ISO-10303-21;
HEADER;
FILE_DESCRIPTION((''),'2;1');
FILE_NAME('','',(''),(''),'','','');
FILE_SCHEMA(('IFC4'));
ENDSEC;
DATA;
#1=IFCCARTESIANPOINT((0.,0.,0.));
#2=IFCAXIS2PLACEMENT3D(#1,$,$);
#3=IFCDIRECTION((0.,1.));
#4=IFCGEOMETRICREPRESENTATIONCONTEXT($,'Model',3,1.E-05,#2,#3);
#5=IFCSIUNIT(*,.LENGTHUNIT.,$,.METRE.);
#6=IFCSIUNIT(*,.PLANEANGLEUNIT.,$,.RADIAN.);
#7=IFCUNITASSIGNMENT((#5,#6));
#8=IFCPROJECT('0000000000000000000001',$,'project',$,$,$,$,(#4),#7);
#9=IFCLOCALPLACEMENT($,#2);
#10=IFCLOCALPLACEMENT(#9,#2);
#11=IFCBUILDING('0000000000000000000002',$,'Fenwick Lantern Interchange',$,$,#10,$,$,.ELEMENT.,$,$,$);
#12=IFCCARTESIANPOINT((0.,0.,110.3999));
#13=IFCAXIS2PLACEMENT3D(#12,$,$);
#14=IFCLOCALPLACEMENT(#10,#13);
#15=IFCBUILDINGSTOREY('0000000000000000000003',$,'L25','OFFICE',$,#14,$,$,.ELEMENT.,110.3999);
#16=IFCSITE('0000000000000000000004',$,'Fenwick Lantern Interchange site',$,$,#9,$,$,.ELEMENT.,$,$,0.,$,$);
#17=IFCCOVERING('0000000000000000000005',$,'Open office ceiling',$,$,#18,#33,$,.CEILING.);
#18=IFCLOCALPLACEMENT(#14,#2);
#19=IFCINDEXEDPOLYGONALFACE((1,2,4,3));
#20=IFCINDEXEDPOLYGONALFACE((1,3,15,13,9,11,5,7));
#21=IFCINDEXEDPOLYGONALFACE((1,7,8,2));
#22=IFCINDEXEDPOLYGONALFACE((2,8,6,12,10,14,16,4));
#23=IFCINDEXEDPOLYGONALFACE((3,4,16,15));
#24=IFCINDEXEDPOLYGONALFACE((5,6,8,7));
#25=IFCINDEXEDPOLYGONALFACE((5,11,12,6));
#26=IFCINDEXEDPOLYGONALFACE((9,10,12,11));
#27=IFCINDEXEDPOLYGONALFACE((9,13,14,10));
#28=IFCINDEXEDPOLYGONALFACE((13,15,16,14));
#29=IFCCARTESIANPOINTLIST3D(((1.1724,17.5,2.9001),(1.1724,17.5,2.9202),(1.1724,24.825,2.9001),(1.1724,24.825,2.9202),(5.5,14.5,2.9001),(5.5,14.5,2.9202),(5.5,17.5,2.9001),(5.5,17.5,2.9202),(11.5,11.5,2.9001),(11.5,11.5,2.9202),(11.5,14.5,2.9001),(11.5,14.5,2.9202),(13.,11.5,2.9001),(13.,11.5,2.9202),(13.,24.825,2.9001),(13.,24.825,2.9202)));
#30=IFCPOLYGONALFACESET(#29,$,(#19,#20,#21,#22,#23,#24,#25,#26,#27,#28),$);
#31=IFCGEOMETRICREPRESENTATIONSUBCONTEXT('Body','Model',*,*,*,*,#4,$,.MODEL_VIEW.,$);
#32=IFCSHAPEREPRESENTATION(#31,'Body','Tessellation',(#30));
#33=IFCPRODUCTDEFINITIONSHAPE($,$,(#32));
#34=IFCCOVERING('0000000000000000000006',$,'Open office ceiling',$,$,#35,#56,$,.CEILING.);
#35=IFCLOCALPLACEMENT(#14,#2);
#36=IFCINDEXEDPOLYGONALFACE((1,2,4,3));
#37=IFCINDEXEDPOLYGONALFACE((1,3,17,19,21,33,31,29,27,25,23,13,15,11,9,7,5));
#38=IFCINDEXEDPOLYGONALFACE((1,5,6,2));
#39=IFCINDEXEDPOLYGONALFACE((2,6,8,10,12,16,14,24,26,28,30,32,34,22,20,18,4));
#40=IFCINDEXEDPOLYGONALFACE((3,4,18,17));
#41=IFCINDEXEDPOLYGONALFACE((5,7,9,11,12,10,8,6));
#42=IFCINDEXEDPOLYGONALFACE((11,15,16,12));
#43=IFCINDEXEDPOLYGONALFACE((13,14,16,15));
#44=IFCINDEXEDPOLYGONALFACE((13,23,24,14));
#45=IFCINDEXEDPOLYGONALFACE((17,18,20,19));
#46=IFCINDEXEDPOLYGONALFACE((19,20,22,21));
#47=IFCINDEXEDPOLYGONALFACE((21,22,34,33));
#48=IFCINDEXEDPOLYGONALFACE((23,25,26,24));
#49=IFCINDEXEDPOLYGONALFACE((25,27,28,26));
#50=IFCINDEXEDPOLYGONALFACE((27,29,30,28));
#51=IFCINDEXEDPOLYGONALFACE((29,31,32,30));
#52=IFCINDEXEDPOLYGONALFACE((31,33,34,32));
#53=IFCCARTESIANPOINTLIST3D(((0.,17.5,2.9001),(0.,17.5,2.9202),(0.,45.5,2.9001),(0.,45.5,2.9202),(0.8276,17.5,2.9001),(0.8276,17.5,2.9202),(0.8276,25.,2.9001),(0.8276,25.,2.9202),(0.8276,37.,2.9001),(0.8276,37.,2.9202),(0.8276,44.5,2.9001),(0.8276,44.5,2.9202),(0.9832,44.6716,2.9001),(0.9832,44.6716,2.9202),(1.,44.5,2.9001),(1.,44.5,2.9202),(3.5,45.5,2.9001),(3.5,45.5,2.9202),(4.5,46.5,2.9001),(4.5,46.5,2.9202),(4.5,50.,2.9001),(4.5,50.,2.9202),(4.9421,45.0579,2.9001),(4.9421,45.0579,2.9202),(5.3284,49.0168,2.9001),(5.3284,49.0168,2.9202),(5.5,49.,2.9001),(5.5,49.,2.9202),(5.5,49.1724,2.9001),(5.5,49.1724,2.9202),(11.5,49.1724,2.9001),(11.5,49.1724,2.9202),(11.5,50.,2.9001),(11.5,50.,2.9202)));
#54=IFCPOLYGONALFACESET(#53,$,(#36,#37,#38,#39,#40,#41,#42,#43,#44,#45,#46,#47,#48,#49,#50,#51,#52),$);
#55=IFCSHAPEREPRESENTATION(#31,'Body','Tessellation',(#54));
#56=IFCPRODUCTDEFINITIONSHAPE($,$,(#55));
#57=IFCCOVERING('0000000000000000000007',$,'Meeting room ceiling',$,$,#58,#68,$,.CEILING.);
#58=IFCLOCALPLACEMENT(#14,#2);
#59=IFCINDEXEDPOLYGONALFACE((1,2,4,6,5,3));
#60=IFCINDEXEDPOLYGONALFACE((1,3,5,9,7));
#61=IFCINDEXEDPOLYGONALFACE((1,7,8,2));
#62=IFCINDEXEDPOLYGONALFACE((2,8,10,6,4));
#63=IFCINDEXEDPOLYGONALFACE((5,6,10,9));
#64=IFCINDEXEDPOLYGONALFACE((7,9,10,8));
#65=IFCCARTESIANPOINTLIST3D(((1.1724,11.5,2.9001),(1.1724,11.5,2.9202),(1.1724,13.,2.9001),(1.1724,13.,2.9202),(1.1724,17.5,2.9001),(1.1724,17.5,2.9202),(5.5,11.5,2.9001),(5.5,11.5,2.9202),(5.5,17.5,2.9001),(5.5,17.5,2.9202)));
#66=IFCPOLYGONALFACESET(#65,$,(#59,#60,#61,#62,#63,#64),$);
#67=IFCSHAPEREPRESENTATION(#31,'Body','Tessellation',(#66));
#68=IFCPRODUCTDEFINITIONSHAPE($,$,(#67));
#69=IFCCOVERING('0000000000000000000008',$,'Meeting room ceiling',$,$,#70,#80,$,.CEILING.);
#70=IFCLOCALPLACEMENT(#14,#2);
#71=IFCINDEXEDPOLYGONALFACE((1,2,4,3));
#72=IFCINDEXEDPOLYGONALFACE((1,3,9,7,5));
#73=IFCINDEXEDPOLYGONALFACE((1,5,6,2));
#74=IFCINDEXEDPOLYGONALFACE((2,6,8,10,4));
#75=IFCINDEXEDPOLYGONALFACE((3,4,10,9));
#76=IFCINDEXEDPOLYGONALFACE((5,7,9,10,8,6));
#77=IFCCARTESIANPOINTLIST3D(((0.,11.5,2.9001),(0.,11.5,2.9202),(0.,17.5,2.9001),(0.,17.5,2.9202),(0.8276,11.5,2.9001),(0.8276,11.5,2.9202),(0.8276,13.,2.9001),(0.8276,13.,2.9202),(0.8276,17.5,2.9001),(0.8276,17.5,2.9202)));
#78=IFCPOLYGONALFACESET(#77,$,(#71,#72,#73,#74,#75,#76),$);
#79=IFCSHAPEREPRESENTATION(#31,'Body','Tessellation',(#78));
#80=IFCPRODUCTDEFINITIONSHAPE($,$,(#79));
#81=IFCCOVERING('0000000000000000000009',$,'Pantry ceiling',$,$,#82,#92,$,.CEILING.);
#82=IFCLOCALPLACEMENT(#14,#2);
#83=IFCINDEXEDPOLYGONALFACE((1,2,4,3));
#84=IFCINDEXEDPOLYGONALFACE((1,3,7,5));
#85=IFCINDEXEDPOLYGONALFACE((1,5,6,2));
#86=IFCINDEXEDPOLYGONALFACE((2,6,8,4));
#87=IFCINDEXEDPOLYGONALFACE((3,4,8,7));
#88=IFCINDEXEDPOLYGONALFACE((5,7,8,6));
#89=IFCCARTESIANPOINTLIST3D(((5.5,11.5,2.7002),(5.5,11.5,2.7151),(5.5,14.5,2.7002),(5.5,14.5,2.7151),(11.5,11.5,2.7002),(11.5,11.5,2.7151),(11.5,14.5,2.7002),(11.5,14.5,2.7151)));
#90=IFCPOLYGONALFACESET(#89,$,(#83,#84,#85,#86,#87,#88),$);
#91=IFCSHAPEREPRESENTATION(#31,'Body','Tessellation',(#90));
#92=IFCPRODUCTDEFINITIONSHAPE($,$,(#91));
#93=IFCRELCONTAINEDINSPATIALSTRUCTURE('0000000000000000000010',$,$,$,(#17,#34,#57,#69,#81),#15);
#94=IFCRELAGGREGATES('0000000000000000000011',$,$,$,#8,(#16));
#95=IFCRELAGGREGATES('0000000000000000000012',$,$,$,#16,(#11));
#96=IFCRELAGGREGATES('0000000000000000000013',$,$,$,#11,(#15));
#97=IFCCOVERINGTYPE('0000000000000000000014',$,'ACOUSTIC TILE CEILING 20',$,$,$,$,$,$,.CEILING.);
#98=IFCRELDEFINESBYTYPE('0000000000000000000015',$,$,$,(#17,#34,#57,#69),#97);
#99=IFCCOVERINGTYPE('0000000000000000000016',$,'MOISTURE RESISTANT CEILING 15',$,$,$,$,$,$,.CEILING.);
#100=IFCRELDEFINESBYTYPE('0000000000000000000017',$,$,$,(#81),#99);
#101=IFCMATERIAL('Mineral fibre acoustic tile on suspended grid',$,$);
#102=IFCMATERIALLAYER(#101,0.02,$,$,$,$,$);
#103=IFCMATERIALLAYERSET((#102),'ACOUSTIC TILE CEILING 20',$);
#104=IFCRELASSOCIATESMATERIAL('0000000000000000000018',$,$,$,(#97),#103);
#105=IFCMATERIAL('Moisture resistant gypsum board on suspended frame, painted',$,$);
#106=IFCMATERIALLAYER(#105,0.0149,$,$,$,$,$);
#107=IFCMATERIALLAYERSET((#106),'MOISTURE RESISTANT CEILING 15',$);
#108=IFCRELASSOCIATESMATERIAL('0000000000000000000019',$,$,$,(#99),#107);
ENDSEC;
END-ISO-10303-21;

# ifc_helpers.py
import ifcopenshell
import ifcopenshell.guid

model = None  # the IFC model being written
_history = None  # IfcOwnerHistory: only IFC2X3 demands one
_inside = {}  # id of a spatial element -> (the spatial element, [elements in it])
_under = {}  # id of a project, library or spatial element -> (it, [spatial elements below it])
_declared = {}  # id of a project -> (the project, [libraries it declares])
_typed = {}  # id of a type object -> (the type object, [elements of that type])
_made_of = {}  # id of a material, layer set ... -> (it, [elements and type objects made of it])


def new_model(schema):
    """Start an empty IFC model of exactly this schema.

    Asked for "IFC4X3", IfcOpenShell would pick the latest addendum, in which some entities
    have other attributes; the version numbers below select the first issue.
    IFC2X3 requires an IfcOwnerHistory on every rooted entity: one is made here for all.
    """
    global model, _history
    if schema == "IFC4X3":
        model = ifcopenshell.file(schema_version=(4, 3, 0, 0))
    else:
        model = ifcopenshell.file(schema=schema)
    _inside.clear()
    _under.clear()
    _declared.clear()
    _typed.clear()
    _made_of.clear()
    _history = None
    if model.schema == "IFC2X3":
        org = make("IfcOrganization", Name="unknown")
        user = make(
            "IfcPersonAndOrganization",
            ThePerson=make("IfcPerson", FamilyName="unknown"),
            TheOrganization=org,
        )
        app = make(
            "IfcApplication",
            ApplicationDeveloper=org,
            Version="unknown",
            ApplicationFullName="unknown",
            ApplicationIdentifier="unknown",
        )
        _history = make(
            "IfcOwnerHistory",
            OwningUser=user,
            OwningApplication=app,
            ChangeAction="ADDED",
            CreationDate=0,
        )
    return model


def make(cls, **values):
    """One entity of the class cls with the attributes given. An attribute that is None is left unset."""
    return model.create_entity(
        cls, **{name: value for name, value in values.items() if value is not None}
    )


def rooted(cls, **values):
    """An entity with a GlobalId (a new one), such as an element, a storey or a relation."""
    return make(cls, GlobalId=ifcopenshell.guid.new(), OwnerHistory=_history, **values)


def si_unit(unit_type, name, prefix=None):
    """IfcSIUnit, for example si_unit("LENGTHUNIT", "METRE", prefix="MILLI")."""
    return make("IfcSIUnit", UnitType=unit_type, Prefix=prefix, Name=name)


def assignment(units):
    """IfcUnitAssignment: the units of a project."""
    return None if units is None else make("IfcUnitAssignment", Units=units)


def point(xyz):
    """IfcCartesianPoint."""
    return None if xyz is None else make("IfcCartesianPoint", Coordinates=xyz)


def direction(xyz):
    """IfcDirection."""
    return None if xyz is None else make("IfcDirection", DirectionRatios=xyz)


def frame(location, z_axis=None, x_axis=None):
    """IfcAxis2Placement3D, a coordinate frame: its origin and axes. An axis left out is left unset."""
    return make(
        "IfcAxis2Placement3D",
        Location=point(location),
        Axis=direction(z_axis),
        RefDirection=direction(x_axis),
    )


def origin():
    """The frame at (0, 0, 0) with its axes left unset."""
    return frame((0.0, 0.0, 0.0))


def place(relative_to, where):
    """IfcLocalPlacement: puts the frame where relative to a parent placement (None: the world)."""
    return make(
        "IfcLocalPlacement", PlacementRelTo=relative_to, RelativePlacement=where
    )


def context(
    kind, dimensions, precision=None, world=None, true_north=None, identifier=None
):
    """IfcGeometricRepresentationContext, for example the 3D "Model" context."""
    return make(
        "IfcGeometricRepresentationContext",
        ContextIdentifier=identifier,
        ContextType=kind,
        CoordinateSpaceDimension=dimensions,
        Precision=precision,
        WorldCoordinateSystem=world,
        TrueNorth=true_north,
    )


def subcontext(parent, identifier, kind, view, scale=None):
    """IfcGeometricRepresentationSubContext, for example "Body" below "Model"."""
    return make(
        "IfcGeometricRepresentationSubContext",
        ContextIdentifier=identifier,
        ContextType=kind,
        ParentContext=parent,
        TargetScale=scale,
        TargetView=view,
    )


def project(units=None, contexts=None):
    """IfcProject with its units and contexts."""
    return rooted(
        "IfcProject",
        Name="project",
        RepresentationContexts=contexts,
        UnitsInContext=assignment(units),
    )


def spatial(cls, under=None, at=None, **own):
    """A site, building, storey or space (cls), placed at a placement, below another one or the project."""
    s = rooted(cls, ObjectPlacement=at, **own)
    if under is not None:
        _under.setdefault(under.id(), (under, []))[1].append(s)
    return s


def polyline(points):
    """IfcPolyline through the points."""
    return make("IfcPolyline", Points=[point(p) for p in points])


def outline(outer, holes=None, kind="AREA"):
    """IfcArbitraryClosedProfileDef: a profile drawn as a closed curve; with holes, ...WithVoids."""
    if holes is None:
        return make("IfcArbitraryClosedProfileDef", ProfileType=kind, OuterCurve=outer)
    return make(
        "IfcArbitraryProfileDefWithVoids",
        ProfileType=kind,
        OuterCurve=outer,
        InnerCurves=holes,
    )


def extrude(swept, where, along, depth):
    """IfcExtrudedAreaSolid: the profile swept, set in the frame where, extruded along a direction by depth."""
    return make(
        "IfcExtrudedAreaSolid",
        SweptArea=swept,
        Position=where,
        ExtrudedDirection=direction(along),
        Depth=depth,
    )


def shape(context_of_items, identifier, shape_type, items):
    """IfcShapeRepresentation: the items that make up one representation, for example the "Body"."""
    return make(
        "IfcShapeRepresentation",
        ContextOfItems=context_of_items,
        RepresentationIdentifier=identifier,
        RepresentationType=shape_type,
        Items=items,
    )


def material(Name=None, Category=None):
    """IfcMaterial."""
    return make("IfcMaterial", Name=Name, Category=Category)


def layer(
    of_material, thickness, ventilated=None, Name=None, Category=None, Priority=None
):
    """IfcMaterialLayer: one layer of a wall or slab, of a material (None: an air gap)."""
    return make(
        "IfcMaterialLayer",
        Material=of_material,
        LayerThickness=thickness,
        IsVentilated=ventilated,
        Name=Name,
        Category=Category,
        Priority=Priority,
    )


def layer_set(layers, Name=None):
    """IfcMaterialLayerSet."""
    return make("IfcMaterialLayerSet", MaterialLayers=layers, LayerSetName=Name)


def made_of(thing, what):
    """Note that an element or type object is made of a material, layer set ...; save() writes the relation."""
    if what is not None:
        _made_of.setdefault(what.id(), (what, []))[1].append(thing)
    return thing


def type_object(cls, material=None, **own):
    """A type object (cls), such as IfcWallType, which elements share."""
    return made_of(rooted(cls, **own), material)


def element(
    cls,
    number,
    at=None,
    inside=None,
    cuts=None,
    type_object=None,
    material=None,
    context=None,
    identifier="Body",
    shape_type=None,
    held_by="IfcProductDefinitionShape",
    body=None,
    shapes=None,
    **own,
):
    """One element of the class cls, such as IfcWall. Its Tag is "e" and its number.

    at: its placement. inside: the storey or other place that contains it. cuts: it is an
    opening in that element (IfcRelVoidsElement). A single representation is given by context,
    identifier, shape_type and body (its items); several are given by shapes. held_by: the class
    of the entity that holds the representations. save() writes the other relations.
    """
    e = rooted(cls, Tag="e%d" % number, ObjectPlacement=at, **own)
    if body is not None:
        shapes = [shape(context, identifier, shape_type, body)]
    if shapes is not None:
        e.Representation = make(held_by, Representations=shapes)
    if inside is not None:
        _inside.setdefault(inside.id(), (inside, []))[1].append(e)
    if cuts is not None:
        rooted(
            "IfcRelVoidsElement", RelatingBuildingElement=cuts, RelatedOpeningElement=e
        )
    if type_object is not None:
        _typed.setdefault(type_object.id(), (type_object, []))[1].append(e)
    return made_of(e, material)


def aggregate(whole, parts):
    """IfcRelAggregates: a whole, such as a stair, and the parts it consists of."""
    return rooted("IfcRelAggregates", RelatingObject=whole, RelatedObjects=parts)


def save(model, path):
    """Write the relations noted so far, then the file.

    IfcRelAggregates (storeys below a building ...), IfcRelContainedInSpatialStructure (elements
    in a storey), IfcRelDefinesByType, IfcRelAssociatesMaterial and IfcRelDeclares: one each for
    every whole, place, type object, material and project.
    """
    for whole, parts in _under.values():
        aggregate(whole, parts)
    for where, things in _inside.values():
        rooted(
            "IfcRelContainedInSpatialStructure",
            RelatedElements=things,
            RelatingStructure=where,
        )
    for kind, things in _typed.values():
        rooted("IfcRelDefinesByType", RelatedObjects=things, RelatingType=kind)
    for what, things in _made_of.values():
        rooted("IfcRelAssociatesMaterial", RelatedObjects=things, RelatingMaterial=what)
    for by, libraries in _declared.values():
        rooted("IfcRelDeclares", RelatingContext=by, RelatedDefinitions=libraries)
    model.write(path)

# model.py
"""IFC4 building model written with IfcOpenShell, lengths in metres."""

from ifc_helpers import new_model, si_unit, direction, frame, origin, place, context, subcontext, project, spatial, polyline, outline, extrude, material, layer, layer_set, type_object, element, save


model = new_model("IFC4")

# Units and contexts
model_context = context("Model", 3, precision=1e-05, world=origin(), true_north=direction((0.0, 1.0)))
body_context = subcontext(model_context, "Body", "Model", "MODEL_VIEW")
ifc_project = project(units=[si_unit("LENGTHUNIT", "METRE"), si_unit("PLANEANGLEUNIT", "RADIAN")], contexts=[model_context])

# Site, building, storey
site_placement = place(None, origin())
site = spatial("IfcSite", under=ifc_project, at=site_placement, Name="Fenwick Lantern Interchange site", CompositionType="ELEMENT", RefElevation=0.0)
building_placement = place(site_placement, origin())
building = spatial("IfcBuilding", under=site, at=building_placement, Name="Fenwick Lantern Interchange", CompositionType="ELEMENT")
storey_placement = place(building_placement, frame((0.0, 0.0, 110.3999)))
storey = spatial("IfcBuildingStorey", under=building, at=storey_placement, Name="L25", Description="OFFICE", CompositionType="ELEMENT", Elevation=110.3999)

# Coverings
ifc_material_1 = material(Name="Mineral fibre acoustic tile on suspended grid")
ifc_layer_1 = layer(ifc_material_1, 0.02)
ifc_layer_set_1 = layer_set([ifc_layer_1], Name="ACOUSTIC TILE CEILING 20")
covering_type_1 = type_object("IfcCoveringType", Name="ACOUSTIC TILE CEILING 20", PredefinedType="CEILING", material=ifc_layer_set_1)
covering_1_placement = place(storey_placement, frame((0.0, 0.0, 2.9001)))
element("IfcCovering", 1, at=covering_1_placement, inside=storey, type_object=covering_type_1, Name="Open office ceiling", PredefinedType="CEILING", context=body_context, shape_type="SweptSolid", body=[
    extrude(outline(polyline([(13.0, 11.5), (13.0, 24.825), (1.1724, 24.825), (1.1724, 17.5), (5.5, 17.5), (5.5, 14.5), (11.5, 14.5), (11.5, 11.5), (13.0, 11.5)])), origin(), (0.0, 0.0, 1.0), 0.02),
])
covering_2_placement = place(storey_placement, frame((0.0, 0.0, 2.9001)))
element("IfcCovering", 2, at=covering_2_placement, inside=storey, type_object=covering_type_1, Name="Open office ceiling", PredefinedType="CEILING", context=body_context, shape_type="SweptSolid", body=[
    extrude(outline(polyline([(3.5, 45.5), (0.0, 45.5), (0.0, 17.5), (0.8276, 17.5), (0.8276, 25.0), (0.8276, 37.0), (0.8276, 44.5), (1.0, 44.5), (0.9832, 44.6716), (4.9421, 45.0579), (5.3284, 49.0168), (5.5, 49.0), (5.5, 49.1724), (11.5, 49.1724), (11.5, 50.0), (4.5, 50.0), (4.5, 46.5), (3.5, 45.5)])), origin(), (0.0, 0.0, 1.0), 0.02),
])
covering_3_placement = place(storey_placement, frame((0.0, 0.0, 2.9001)))
element("IfcCovering", 3, at=covering_3_placement, inside=storey, type_object=covering_type_1, Name="Meeting room ceiling", PredefinedType="CEILING", context=body_context, shape_type="SweptSolid", body=[
    extrude(outline(polyline([(5.5, 17.5), (1.1724, 17.5), (1.1724, 13.0), (1.1724, 11.5), (5.5, 11.5), (5.5, 17.5)])), origin(), (0.0, 0.0, 1.0), 0.02),
])
covering_4_placement = place(storey_placement, frame((0.0, 0.0, 2.9001)))
element("IfcCovering", 4, at=covering_4_placement, inside=storey, type_object=covering_type_1, Name="Meeting room ceiling", PredefinedType="CEILING", context=body_context, shape_type="SweptSolid", body=[
    extrude(outline(polyline([(0.0, 11.5), (0.8276, 11.5), (0.8276, 13.0), (0.8276, 17.5), (0.0, 17.5), (0.0, 11.5)])), origin(), (0.0, 0.0, 1.0), 0.02),
])
ifc_material_2 = material(Name="Moisture resistant gypsum board on suspended frame, painted")
ifc_layer_2 = layer(ifc_material_2, 0.0149)
ifc_layer_set_2 = layer_set([ifc_layer_2], Name="MOISTURE RESISTANT CEILING 15")
covering_type_2 = type_object("IfcCoveringType", Name="MOISTURE RESISTANT CEILING 15", PredefinedType="CEILING", material=ifc_layer_set_2)
covering_5_placement = place(storey_placement, frame((0.0, 0.0, 2.7002)))
element("IfcCovering", 5, at=covering_5_placement, inside=storey, type_object=covering_type_2, Name="Pantry ceiling", PredefinedType="CEILING", context=body_context, shape_type="SweptSolid", body=[
    extrude(outline(polyline([(5.5, 14.5), (5.5, 11.5), (11.5, 11.5), (11.5, 14.5), (5.5, 14.5)])), origin(), (0.0, 0.0, 1.0), 0.0149),
])

save(model, "model.ifc")
